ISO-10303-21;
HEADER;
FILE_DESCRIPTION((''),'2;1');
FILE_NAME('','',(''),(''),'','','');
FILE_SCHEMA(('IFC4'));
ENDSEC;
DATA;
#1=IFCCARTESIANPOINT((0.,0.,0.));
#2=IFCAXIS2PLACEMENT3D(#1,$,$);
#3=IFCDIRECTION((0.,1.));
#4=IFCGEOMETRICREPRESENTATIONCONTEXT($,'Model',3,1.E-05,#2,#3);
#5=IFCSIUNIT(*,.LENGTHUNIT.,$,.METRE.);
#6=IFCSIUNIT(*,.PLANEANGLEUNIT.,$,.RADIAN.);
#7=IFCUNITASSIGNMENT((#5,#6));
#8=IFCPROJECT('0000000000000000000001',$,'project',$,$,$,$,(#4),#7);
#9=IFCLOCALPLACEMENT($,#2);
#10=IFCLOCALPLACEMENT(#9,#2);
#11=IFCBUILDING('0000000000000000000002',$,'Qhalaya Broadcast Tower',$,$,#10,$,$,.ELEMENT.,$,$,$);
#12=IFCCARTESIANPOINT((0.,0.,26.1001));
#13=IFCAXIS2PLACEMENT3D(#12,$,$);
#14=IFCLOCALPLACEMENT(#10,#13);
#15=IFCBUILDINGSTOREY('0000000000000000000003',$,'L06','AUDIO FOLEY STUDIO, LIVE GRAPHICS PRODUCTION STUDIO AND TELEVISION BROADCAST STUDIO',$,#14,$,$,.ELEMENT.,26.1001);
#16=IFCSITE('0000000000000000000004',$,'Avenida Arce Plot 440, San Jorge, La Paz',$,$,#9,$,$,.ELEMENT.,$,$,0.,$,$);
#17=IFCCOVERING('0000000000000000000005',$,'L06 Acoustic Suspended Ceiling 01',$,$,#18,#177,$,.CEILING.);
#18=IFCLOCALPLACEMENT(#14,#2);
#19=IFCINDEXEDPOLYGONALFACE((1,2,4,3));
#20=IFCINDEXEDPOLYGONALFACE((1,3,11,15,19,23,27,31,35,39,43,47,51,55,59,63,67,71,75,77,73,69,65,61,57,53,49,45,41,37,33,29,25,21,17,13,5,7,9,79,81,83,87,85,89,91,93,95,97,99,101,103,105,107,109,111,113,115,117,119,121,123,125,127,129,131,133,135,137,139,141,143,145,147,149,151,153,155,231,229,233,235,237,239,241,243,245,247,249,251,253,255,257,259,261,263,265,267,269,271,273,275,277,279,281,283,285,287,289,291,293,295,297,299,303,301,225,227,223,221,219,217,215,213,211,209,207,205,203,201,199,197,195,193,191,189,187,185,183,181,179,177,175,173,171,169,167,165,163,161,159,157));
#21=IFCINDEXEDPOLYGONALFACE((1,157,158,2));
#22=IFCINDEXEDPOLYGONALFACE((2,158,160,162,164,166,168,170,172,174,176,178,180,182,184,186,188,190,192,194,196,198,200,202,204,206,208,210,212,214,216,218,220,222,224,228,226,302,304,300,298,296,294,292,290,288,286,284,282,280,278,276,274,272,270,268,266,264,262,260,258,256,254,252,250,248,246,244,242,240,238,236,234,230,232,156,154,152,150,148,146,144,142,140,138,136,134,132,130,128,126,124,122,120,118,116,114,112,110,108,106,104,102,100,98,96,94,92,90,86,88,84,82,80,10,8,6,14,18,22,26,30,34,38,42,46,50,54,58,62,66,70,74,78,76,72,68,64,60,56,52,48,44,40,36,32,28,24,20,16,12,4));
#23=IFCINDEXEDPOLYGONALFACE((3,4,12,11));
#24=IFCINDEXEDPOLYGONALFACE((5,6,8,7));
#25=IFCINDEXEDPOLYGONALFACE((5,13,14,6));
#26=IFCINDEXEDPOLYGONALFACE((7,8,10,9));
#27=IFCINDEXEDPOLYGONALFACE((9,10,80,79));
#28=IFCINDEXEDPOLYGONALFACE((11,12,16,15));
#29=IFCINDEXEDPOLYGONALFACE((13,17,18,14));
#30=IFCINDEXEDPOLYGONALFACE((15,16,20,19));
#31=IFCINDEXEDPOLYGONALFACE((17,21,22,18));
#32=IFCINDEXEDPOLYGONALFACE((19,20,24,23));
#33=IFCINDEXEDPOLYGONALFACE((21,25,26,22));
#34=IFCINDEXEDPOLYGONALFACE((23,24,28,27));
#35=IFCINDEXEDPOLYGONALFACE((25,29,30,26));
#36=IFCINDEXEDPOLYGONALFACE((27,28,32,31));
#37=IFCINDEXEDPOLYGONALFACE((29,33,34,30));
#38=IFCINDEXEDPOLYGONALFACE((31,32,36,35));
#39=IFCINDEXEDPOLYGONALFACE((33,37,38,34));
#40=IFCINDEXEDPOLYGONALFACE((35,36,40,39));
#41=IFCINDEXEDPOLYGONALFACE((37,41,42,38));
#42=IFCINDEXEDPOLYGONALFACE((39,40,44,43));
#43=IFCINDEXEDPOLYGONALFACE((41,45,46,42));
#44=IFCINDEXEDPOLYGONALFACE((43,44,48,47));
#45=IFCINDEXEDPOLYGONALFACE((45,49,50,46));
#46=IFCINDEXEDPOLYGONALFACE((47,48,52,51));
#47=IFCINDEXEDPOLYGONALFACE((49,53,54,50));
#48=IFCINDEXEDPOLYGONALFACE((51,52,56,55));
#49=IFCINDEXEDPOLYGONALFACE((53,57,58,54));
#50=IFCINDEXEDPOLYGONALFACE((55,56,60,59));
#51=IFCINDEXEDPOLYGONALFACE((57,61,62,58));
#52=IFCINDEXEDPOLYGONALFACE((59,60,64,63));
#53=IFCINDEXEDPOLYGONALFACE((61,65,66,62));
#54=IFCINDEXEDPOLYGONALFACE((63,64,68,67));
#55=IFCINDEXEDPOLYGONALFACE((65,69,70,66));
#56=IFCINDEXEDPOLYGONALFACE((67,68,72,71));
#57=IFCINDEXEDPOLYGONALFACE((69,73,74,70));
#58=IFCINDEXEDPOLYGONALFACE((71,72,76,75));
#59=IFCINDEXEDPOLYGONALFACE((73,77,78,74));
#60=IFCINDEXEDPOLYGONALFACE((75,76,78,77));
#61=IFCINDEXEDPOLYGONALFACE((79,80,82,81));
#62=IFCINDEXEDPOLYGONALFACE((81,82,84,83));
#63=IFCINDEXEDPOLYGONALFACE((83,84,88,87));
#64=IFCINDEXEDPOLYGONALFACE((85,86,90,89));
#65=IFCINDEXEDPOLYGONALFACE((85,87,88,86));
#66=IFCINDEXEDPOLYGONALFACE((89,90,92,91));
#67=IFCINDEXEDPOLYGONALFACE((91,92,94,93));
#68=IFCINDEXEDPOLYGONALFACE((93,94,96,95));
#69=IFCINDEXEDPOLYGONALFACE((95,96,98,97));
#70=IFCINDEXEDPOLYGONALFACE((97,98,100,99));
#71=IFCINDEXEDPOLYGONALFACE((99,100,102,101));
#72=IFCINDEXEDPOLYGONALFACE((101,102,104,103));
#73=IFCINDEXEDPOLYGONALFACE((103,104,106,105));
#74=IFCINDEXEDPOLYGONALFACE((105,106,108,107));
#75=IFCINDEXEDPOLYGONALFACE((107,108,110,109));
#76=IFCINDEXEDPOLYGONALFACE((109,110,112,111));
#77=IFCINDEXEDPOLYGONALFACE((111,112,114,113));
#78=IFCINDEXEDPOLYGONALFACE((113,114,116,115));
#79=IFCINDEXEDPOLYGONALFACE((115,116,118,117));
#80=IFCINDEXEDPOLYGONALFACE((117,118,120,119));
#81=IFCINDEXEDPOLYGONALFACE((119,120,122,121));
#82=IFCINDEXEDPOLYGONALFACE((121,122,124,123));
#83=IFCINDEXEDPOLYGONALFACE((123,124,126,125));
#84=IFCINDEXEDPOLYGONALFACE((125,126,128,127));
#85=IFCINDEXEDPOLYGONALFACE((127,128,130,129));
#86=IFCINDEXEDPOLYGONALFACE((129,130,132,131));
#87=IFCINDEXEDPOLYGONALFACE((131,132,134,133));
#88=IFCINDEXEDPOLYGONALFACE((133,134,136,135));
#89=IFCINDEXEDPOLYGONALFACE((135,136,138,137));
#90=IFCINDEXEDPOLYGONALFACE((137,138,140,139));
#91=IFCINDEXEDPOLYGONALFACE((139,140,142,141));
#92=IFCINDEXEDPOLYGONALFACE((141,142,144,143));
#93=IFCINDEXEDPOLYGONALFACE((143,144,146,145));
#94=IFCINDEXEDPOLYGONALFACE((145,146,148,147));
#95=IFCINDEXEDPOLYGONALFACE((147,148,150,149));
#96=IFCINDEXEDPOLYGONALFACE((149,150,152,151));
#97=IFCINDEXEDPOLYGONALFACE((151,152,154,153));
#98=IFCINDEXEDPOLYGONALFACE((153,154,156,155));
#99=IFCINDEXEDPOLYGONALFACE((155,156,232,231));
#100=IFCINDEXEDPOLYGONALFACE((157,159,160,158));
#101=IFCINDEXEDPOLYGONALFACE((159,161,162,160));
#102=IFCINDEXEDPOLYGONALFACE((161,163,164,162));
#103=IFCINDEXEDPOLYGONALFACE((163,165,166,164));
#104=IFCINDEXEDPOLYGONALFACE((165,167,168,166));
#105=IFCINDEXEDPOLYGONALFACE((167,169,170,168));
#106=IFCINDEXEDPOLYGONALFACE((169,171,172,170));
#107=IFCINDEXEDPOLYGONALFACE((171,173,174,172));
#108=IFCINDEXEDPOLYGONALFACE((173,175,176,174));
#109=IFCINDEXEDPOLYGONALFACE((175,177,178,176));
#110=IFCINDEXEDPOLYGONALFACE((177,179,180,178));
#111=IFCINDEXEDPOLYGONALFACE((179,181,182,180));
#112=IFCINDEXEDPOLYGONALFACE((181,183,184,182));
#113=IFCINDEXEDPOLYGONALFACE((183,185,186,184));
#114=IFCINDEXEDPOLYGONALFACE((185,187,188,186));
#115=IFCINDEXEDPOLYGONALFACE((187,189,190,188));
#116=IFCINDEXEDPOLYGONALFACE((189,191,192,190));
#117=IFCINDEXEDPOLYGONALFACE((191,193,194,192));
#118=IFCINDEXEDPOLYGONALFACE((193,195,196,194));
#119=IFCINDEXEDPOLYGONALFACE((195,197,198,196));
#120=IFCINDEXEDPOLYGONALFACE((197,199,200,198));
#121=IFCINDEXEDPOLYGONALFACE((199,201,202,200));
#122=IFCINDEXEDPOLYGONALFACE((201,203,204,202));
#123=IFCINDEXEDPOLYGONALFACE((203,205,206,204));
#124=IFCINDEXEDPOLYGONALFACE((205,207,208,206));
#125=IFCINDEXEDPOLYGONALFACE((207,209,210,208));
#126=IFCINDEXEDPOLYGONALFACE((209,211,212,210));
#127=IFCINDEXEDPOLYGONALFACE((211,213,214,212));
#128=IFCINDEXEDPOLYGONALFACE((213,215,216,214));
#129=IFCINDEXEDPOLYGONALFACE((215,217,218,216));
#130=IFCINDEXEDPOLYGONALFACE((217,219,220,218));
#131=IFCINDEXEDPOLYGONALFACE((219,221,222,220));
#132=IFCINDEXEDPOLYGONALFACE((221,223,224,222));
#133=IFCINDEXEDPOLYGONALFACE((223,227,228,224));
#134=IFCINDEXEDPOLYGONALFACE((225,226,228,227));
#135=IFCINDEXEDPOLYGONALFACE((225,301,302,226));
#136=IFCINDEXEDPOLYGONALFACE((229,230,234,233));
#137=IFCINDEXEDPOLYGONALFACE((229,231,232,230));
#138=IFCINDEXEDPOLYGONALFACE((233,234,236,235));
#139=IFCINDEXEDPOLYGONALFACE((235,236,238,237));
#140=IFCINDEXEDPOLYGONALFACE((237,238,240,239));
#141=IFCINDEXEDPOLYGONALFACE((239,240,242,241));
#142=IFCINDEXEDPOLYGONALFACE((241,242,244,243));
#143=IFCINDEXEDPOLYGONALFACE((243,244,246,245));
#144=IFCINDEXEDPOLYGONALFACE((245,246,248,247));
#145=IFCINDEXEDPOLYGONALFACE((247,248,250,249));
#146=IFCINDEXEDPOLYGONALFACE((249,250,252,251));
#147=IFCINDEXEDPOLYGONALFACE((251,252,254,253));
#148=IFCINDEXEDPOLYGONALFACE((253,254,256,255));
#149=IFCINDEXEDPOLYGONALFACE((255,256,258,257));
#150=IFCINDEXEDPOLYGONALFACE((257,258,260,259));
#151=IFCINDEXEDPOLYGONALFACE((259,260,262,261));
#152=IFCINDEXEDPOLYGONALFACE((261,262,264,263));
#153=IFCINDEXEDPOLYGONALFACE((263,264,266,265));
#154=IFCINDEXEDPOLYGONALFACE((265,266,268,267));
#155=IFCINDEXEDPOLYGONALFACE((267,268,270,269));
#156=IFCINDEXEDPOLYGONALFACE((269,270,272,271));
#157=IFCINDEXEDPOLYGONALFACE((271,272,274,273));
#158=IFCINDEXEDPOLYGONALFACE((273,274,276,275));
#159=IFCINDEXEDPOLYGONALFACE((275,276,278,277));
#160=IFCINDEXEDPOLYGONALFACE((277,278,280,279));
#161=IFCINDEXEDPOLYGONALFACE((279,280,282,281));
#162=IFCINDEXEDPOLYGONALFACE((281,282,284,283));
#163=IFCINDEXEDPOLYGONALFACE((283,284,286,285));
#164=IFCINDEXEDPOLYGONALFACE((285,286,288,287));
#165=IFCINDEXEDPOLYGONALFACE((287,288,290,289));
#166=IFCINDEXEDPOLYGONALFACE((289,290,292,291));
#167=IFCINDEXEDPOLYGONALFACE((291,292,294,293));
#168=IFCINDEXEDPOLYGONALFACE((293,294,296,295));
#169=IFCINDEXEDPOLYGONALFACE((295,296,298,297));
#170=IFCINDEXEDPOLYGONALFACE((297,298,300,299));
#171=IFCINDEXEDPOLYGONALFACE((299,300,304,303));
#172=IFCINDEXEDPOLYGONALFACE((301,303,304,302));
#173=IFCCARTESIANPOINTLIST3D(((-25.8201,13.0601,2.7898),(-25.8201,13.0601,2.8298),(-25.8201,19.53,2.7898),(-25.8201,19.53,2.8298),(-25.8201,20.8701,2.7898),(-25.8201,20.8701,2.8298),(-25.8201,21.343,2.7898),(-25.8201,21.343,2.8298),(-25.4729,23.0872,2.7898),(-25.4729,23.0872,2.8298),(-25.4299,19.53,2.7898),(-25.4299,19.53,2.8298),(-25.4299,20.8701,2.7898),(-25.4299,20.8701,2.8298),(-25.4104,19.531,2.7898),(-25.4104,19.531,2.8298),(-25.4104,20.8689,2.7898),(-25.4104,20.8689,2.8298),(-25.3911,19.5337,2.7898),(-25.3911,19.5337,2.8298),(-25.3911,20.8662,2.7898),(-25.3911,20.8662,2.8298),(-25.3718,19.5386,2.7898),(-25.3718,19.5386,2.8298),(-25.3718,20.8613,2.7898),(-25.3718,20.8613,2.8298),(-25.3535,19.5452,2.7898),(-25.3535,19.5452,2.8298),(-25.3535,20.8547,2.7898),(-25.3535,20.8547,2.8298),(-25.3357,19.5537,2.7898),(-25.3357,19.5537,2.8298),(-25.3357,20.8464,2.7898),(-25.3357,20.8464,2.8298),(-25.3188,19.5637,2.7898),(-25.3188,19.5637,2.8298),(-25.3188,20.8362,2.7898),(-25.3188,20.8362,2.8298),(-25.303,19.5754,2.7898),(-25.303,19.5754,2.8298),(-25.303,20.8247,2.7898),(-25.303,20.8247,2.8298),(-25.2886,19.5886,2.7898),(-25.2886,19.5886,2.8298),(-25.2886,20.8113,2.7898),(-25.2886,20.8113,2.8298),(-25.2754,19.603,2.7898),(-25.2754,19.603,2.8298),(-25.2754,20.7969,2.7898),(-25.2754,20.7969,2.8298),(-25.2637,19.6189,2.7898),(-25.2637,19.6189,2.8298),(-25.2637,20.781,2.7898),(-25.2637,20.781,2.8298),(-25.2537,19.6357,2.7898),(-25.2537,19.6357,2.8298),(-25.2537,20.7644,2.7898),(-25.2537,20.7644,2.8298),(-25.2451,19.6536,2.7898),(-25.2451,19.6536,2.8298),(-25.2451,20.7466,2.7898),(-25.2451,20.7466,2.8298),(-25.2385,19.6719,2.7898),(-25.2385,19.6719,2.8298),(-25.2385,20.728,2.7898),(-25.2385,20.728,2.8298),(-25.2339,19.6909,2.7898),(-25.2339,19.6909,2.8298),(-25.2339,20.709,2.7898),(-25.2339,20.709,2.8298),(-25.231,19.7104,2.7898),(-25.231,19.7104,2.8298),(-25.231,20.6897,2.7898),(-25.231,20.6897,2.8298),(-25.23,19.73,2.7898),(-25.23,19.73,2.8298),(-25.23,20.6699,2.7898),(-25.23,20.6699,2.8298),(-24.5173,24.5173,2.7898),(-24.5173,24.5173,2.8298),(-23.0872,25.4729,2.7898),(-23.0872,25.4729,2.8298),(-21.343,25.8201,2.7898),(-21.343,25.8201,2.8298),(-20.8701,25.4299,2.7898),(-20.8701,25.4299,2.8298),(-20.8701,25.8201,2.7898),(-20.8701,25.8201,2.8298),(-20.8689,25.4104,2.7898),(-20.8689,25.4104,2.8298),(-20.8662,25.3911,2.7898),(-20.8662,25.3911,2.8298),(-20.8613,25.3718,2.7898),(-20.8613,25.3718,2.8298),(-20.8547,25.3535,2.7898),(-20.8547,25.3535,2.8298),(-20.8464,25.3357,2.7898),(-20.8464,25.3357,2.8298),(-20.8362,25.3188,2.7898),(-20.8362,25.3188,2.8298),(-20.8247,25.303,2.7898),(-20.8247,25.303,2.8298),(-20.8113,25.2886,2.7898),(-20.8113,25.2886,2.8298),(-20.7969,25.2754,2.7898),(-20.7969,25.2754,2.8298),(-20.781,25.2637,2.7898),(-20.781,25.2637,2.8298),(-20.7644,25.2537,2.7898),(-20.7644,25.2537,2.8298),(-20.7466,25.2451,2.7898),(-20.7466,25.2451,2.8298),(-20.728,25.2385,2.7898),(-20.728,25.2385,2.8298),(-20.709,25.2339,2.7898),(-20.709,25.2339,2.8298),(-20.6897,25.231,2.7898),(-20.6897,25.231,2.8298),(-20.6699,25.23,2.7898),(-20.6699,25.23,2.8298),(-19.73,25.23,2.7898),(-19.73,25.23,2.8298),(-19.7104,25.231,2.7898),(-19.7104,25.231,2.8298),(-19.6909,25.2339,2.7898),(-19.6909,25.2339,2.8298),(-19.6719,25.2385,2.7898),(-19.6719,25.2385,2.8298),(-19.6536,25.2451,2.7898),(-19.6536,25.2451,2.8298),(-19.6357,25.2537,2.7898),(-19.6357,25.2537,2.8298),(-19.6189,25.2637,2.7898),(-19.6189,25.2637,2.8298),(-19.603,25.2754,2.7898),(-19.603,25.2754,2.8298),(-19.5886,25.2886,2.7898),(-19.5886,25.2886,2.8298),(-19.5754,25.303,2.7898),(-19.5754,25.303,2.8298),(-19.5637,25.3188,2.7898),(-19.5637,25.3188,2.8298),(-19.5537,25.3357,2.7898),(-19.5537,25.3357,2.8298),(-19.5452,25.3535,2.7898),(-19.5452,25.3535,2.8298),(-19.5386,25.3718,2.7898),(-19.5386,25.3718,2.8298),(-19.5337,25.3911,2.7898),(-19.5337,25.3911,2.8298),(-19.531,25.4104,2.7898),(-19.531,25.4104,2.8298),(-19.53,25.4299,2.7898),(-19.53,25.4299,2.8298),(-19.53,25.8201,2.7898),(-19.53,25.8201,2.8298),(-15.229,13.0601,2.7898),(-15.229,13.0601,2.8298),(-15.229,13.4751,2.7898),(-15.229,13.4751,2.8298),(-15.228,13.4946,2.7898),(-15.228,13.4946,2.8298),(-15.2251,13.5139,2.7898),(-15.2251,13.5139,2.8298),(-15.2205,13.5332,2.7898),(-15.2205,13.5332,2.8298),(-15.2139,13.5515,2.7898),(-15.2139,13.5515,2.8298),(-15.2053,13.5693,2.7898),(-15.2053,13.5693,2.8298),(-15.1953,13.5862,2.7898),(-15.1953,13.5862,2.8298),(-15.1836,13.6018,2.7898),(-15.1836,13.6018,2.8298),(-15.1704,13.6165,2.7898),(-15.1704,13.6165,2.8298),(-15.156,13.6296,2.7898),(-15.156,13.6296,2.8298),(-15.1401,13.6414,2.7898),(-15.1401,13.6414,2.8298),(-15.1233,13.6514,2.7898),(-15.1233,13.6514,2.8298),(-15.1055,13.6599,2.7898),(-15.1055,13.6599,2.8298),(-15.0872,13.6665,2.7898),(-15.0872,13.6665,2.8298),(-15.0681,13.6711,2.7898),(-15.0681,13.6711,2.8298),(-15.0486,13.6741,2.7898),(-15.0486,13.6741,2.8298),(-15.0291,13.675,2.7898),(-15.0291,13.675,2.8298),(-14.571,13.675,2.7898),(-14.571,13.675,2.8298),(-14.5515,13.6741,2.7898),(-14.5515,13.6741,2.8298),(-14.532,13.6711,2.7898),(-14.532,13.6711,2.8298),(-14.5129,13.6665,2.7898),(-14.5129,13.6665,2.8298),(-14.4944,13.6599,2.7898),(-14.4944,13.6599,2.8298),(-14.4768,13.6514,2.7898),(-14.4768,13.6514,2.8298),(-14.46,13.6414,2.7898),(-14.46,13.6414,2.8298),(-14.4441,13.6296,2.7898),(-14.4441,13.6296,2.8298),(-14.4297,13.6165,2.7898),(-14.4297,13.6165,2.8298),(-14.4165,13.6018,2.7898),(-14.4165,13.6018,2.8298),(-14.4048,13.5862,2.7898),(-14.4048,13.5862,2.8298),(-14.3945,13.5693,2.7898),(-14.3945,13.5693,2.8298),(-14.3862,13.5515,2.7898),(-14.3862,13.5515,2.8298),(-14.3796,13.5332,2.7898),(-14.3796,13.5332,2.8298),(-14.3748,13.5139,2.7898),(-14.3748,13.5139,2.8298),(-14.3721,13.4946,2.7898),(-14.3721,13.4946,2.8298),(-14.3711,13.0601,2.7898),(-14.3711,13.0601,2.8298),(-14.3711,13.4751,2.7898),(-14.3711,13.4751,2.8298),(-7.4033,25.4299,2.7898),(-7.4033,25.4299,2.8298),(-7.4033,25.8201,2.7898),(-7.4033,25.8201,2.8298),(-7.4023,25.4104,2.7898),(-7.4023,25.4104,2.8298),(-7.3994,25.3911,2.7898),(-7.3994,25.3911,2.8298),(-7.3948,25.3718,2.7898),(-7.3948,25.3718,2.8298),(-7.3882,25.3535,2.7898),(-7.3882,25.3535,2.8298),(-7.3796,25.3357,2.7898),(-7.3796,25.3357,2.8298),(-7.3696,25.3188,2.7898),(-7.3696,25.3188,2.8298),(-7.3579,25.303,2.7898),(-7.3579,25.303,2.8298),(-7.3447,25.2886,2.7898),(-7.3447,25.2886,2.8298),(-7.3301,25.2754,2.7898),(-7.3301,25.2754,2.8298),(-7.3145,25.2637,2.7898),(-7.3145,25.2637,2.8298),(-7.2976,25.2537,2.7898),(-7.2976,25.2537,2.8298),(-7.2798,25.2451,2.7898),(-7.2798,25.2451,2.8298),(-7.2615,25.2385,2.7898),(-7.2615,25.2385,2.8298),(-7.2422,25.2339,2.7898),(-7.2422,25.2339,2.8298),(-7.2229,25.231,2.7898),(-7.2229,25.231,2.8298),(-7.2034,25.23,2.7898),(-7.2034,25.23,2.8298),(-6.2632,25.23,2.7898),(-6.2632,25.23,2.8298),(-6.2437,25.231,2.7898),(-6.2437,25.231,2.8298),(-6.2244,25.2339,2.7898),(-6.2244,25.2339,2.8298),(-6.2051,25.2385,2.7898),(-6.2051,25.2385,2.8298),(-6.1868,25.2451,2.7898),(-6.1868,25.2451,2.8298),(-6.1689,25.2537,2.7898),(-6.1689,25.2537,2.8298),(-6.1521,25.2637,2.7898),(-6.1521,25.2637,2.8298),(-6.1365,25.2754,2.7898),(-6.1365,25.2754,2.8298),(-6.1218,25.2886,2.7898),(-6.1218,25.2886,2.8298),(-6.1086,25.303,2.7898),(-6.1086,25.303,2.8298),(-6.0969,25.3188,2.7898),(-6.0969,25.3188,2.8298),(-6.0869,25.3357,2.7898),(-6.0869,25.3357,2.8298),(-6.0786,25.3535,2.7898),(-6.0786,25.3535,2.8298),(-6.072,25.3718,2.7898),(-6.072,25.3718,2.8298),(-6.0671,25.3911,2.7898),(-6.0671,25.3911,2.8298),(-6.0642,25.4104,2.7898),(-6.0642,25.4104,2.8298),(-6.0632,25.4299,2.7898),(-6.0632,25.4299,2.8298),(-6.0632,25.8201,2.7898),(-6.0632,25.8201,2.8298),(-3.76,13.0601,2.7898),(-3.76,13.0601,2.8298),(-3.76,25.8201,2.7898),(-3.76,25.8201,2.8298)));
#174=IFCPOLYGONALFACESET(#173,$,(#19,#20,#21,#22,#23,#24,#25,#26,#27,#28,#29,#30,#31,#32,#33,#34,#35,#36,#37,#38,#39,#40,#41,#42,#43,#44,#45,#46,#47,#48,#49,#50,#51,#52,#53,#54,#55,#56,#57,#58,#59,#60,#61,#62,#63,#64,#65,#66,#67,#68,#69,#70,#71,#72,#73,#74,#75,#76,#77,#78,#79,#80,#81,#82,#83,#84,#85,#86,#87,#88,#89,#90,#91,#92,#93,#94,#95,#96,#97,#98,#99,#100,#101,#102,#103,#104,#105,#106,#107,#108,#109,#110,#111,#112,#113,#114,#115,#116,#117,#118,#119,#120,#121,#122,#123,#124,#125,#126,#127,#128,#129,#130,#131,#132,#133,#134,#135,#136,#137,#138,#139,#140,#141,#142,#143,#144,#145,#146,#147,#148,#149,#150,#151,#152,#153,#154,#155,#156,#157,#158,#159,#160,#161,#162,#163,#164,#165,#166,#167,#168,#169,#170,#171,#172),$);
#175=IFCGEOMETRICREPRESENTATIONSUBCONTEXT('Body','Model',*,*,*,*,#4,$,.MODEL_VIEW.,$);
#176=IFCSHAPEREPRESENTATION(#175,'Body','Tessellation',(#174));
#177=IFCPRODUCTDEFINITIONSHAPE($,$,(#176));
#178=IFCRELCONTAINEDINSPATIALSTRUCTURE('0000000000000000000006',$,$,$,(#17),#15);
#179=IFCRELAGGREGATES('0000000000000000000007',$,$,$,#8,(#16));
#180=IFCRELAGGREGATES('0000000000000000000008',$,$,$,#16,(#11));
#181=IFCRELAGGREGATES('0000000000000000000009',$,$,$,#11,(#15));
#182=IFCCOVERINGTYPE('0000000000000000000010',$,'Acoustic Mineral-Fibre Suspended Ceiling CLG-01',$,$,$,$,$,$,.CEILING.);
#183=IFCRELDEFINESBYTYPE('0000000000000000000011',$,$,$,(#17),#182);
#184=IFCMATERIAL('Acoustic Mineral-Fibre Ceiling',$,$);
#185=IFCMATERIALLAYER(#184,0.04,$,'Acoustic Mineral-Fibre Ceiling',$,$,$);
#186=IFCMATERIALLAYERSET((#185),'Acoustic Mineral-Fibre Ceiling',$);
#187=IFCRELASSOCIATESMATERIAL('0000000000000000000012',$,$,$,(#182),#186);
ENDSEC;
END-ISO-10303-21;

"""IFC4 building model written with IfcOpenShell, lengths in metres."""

from ifc_helpers import new_model, si_unit, direction, frame, origin, place, context, subcontext, project, spatial, polyline, outline, extrude, material, layer, layer_set, type_object, element, save


model = new_model("IFC4")

# Units and contexts
model_context = context("Model", 3, precision=1e-05, world=origin(), true_north=direction((0.0, 1.0)))
body_context = subcontext(model_context, "Body", "Model", "MODEL_VIEW")
ifc_project = project(units=[si_unit("LENGTHUNIT", "METRE"), si_unit("PLANEANGLEUNIT", "RADIAN")], contexts=[model_context])

# Site, building, storey
site_placement = place(None, origin())
site = spatial("IfcSite", under=ifc_project, at=site_placement, Name="Avenida Arce Plot 440, San Jorge, La Paz", CompositionType="ELEMENT", RefElevation=0.0)
building_placement = place(site_placement, origin())
building = spatial("IfcBuilding", under=site, at=building_placement, Name="Qhalaya Broadcast Tower", CompositionType="ELEMENT")
storey_placement = place(building_placement, frame((0.0, 0.0, 26.1001)))
storey = spatial("IfcBuildingStorey", under=building, at=storey_placement, Name="L06", Description="AUDIO FOLEY STUDIO, LIVE GRAPHICS PRODUCTION STUDIO AND TELEVISION BROADCAST STUDIO", CompositionType="ELEMENT", Elevation=26.1001)

# Covering
ifc_material_1 = material(Name="Acoustic Mineral-Fibre Ceiling")
ifc_layer_1 = layer(ifc_material_1, 0.04, Name="Acoustic Mineral-Fibre Ceiling")
ifc_layer_set_1 = layer_set([ifc_layer_1], Name="Acoustic Mineral-Fibre Ceiling")
covering_type = type_object("IfcCoveringType", Name="Acoustic Mineral-Fibre Suspended Ceiling CLG-01", PredefinedType="CEILING", material=ifc_layer_set_1)
covering_1_placement = place(storey_placement, frame((0.0, 0.0, 2.7898)))
element("IfcCovering", 1, at=covering_1_placement, inside=storey, type_object=covering_type, Name="L06 Acoustic Suspended Ceiling 01", PredefinedType="CEILING", context=body_context, shape_type="SweptSolid", body=[
    extrude(outline(polyline([(-25.8201, 19.53), (-25.8201, 13.0601), (-15.229, 13.0601), (-15.229, 13.4751), (-15.228, 13.4946), (-15.2251, 13.5139), (-15.2205, 13.5332), (-15.2139, 13.5515), (-15.2053, 13.5693), (-15.1953, 13.5862), (-15.1836, 13.6018), (-15.1704, 13.6165), (-15.156, 13.6296), (-15.1401, 13.6414), (-15.1233, 13.6514), (-15.1055, 13.6599), (-15.0872, 13.6665), (-15.0681, 13.6711), (-15.0486, 13.6741), (-15.0291, 13.675), (-14.571, 13.675), (-14.5515, 13.6741), (-14.532, 13.6711), (-14.5129, 13.6665), (-14.4944, 13.6599), (-14.4768, 13.6514), (-14.46, 13.6414), (-14.4441, 13.6296), (-14.4297, 13.6165), (-14.4165, 13.6018), (-14.4048, 13.5862), (-14.3945, 13.5693), (-14.3862, 13.5515), (-14.3796, 13.5332), (-14.3748, 13.5139), (-14.3721, 13.4946), (-14.3711, 13.4751), (-14.3711, 13.0601), (-3.76, 13.0601), (-3.76, 25.8201), (-6.0632, 25.8201), (-6.0632, 25.4299), (-6.0642, 25.4104), (-6.0671, 25.3911), (-6.072, 25.3718), (-6.0786, 25.3535), (-6.0869, 25.3357), (-6.0969, 25.3188), (-6.1086, 25.303), (-6.1218, 25.2886), (-6.1365, 25.2754), (-6.1521, 25.2637), (-6.1689, 25.2537), (-6.1868, 25.2451), (-6.2051, 25.2385), (-6.2244, 25.2339), (-6.2437, 25.231), (-6.2632, 25.23), (-7.2034, 25.23), (-7.2229, 25.231), (-7.2422, 25.2339), (-7.2615, 25.2385), (-7.2798, 25.2451), (-7.2976, 25.2537), (-7.3145, 25.2637), (-7.3301, 25.2754), (-7.3447, 25.2886), (-7.3579, 25.303), (-7.3696, 25.3188), (-7.3796, 25.3357), (-7.3882, 25.3535), (-7.3948, 25.3718), (-7.3994, 25.3911), (-7.4023, 25.4104), (-7.4033, 25.4299), (-7.4033, 25.8201), (-19.53, 25.8201), (-19.53, 25.4299), (-19.531, 25.4104), (-19.5337, 25.3911), (-19.5386, 25.3718), (-19.5452, 25.3535), (-19.5537, 25.3357), (-19.5637, 25.3188), (-19.5754, 25.303), (-19.5886, 25.2886), (-19.603, 25.2754), (-19.6189, 25.2637), (-19.6357, 25.2537), (-19.6536, 25.2451), (-19.6719, 25.2385), (-19.6909, 25.2339), (-19.7104, 25.231), (-19.73, 25.23), (-20.6699, 25.23), (-20.6897, 25.231), (-20.709, 25.2339), (-20.728, 25.2385), (-20.7466, 25.2451), (-20.7644, 25.2537), (-20.781, 25.2637), (-20.7969, 25.2754), (-20.8113, 25.2886), (-20.8247, 25.303), (-20.8362, 25.3188), (-20.8464, 25.3357), (-20.8547, 25.3535), (-20.8613, 25.3718), (-20.8662, 25.3911), (-20.8689, 25.4104), (-20.8701, 25.4299), (-20.8701, 25.8201), (-21.343, 25.8201), (-23.0872, 25.4729), (-24.5173, 24.5173), (-25.4729, 23.0872), (-25.8201, 21.343), (-25.8201, 20.8701), (-25.4299, 20.8701), (-25.4104, 20.8689), (-25.3911, 20.8662), (-25.3718, 20.8613), (-25.3535, 20.8547), (-25.3357, 20.8464), (-25.3188, 20.8362), (-25.303, 20.8247), (-25.2886, 20.8113), (-25.2754, 20.7969), (-25.2637, 20.781), (-25.2537, 20.7644), (-25.2451, 20.7466), (-25.2385, 20.728), (-25.2339, 20.709), (-25.231, 20.6897), (-25.23, 20.6699), (-25.23, 19.73), (-25.231, 19.7104), (-25.2339, 19.6909), (-25.2385, 19.6719), (-25.2451, 19.6536), (-25.2537, 19.6357), (-25.2637, 19.6189), (-25.2754, 19.603), (-25.2886, 19.5886), (-25.303, 19.5754), (-25.3188, 19.5637), (-25.3357, 19.5537), (-25.3535, 19.5452), (-25.3718, 19.5386), (-25.3911, 19.5337), (-25.4104, 19.531), (-25.4299, 19.53), (-25.8201, 19.53)])), origin(), (0.0, 0.0, 1.0), 0.04),
])

save(model, "model.ifc")
